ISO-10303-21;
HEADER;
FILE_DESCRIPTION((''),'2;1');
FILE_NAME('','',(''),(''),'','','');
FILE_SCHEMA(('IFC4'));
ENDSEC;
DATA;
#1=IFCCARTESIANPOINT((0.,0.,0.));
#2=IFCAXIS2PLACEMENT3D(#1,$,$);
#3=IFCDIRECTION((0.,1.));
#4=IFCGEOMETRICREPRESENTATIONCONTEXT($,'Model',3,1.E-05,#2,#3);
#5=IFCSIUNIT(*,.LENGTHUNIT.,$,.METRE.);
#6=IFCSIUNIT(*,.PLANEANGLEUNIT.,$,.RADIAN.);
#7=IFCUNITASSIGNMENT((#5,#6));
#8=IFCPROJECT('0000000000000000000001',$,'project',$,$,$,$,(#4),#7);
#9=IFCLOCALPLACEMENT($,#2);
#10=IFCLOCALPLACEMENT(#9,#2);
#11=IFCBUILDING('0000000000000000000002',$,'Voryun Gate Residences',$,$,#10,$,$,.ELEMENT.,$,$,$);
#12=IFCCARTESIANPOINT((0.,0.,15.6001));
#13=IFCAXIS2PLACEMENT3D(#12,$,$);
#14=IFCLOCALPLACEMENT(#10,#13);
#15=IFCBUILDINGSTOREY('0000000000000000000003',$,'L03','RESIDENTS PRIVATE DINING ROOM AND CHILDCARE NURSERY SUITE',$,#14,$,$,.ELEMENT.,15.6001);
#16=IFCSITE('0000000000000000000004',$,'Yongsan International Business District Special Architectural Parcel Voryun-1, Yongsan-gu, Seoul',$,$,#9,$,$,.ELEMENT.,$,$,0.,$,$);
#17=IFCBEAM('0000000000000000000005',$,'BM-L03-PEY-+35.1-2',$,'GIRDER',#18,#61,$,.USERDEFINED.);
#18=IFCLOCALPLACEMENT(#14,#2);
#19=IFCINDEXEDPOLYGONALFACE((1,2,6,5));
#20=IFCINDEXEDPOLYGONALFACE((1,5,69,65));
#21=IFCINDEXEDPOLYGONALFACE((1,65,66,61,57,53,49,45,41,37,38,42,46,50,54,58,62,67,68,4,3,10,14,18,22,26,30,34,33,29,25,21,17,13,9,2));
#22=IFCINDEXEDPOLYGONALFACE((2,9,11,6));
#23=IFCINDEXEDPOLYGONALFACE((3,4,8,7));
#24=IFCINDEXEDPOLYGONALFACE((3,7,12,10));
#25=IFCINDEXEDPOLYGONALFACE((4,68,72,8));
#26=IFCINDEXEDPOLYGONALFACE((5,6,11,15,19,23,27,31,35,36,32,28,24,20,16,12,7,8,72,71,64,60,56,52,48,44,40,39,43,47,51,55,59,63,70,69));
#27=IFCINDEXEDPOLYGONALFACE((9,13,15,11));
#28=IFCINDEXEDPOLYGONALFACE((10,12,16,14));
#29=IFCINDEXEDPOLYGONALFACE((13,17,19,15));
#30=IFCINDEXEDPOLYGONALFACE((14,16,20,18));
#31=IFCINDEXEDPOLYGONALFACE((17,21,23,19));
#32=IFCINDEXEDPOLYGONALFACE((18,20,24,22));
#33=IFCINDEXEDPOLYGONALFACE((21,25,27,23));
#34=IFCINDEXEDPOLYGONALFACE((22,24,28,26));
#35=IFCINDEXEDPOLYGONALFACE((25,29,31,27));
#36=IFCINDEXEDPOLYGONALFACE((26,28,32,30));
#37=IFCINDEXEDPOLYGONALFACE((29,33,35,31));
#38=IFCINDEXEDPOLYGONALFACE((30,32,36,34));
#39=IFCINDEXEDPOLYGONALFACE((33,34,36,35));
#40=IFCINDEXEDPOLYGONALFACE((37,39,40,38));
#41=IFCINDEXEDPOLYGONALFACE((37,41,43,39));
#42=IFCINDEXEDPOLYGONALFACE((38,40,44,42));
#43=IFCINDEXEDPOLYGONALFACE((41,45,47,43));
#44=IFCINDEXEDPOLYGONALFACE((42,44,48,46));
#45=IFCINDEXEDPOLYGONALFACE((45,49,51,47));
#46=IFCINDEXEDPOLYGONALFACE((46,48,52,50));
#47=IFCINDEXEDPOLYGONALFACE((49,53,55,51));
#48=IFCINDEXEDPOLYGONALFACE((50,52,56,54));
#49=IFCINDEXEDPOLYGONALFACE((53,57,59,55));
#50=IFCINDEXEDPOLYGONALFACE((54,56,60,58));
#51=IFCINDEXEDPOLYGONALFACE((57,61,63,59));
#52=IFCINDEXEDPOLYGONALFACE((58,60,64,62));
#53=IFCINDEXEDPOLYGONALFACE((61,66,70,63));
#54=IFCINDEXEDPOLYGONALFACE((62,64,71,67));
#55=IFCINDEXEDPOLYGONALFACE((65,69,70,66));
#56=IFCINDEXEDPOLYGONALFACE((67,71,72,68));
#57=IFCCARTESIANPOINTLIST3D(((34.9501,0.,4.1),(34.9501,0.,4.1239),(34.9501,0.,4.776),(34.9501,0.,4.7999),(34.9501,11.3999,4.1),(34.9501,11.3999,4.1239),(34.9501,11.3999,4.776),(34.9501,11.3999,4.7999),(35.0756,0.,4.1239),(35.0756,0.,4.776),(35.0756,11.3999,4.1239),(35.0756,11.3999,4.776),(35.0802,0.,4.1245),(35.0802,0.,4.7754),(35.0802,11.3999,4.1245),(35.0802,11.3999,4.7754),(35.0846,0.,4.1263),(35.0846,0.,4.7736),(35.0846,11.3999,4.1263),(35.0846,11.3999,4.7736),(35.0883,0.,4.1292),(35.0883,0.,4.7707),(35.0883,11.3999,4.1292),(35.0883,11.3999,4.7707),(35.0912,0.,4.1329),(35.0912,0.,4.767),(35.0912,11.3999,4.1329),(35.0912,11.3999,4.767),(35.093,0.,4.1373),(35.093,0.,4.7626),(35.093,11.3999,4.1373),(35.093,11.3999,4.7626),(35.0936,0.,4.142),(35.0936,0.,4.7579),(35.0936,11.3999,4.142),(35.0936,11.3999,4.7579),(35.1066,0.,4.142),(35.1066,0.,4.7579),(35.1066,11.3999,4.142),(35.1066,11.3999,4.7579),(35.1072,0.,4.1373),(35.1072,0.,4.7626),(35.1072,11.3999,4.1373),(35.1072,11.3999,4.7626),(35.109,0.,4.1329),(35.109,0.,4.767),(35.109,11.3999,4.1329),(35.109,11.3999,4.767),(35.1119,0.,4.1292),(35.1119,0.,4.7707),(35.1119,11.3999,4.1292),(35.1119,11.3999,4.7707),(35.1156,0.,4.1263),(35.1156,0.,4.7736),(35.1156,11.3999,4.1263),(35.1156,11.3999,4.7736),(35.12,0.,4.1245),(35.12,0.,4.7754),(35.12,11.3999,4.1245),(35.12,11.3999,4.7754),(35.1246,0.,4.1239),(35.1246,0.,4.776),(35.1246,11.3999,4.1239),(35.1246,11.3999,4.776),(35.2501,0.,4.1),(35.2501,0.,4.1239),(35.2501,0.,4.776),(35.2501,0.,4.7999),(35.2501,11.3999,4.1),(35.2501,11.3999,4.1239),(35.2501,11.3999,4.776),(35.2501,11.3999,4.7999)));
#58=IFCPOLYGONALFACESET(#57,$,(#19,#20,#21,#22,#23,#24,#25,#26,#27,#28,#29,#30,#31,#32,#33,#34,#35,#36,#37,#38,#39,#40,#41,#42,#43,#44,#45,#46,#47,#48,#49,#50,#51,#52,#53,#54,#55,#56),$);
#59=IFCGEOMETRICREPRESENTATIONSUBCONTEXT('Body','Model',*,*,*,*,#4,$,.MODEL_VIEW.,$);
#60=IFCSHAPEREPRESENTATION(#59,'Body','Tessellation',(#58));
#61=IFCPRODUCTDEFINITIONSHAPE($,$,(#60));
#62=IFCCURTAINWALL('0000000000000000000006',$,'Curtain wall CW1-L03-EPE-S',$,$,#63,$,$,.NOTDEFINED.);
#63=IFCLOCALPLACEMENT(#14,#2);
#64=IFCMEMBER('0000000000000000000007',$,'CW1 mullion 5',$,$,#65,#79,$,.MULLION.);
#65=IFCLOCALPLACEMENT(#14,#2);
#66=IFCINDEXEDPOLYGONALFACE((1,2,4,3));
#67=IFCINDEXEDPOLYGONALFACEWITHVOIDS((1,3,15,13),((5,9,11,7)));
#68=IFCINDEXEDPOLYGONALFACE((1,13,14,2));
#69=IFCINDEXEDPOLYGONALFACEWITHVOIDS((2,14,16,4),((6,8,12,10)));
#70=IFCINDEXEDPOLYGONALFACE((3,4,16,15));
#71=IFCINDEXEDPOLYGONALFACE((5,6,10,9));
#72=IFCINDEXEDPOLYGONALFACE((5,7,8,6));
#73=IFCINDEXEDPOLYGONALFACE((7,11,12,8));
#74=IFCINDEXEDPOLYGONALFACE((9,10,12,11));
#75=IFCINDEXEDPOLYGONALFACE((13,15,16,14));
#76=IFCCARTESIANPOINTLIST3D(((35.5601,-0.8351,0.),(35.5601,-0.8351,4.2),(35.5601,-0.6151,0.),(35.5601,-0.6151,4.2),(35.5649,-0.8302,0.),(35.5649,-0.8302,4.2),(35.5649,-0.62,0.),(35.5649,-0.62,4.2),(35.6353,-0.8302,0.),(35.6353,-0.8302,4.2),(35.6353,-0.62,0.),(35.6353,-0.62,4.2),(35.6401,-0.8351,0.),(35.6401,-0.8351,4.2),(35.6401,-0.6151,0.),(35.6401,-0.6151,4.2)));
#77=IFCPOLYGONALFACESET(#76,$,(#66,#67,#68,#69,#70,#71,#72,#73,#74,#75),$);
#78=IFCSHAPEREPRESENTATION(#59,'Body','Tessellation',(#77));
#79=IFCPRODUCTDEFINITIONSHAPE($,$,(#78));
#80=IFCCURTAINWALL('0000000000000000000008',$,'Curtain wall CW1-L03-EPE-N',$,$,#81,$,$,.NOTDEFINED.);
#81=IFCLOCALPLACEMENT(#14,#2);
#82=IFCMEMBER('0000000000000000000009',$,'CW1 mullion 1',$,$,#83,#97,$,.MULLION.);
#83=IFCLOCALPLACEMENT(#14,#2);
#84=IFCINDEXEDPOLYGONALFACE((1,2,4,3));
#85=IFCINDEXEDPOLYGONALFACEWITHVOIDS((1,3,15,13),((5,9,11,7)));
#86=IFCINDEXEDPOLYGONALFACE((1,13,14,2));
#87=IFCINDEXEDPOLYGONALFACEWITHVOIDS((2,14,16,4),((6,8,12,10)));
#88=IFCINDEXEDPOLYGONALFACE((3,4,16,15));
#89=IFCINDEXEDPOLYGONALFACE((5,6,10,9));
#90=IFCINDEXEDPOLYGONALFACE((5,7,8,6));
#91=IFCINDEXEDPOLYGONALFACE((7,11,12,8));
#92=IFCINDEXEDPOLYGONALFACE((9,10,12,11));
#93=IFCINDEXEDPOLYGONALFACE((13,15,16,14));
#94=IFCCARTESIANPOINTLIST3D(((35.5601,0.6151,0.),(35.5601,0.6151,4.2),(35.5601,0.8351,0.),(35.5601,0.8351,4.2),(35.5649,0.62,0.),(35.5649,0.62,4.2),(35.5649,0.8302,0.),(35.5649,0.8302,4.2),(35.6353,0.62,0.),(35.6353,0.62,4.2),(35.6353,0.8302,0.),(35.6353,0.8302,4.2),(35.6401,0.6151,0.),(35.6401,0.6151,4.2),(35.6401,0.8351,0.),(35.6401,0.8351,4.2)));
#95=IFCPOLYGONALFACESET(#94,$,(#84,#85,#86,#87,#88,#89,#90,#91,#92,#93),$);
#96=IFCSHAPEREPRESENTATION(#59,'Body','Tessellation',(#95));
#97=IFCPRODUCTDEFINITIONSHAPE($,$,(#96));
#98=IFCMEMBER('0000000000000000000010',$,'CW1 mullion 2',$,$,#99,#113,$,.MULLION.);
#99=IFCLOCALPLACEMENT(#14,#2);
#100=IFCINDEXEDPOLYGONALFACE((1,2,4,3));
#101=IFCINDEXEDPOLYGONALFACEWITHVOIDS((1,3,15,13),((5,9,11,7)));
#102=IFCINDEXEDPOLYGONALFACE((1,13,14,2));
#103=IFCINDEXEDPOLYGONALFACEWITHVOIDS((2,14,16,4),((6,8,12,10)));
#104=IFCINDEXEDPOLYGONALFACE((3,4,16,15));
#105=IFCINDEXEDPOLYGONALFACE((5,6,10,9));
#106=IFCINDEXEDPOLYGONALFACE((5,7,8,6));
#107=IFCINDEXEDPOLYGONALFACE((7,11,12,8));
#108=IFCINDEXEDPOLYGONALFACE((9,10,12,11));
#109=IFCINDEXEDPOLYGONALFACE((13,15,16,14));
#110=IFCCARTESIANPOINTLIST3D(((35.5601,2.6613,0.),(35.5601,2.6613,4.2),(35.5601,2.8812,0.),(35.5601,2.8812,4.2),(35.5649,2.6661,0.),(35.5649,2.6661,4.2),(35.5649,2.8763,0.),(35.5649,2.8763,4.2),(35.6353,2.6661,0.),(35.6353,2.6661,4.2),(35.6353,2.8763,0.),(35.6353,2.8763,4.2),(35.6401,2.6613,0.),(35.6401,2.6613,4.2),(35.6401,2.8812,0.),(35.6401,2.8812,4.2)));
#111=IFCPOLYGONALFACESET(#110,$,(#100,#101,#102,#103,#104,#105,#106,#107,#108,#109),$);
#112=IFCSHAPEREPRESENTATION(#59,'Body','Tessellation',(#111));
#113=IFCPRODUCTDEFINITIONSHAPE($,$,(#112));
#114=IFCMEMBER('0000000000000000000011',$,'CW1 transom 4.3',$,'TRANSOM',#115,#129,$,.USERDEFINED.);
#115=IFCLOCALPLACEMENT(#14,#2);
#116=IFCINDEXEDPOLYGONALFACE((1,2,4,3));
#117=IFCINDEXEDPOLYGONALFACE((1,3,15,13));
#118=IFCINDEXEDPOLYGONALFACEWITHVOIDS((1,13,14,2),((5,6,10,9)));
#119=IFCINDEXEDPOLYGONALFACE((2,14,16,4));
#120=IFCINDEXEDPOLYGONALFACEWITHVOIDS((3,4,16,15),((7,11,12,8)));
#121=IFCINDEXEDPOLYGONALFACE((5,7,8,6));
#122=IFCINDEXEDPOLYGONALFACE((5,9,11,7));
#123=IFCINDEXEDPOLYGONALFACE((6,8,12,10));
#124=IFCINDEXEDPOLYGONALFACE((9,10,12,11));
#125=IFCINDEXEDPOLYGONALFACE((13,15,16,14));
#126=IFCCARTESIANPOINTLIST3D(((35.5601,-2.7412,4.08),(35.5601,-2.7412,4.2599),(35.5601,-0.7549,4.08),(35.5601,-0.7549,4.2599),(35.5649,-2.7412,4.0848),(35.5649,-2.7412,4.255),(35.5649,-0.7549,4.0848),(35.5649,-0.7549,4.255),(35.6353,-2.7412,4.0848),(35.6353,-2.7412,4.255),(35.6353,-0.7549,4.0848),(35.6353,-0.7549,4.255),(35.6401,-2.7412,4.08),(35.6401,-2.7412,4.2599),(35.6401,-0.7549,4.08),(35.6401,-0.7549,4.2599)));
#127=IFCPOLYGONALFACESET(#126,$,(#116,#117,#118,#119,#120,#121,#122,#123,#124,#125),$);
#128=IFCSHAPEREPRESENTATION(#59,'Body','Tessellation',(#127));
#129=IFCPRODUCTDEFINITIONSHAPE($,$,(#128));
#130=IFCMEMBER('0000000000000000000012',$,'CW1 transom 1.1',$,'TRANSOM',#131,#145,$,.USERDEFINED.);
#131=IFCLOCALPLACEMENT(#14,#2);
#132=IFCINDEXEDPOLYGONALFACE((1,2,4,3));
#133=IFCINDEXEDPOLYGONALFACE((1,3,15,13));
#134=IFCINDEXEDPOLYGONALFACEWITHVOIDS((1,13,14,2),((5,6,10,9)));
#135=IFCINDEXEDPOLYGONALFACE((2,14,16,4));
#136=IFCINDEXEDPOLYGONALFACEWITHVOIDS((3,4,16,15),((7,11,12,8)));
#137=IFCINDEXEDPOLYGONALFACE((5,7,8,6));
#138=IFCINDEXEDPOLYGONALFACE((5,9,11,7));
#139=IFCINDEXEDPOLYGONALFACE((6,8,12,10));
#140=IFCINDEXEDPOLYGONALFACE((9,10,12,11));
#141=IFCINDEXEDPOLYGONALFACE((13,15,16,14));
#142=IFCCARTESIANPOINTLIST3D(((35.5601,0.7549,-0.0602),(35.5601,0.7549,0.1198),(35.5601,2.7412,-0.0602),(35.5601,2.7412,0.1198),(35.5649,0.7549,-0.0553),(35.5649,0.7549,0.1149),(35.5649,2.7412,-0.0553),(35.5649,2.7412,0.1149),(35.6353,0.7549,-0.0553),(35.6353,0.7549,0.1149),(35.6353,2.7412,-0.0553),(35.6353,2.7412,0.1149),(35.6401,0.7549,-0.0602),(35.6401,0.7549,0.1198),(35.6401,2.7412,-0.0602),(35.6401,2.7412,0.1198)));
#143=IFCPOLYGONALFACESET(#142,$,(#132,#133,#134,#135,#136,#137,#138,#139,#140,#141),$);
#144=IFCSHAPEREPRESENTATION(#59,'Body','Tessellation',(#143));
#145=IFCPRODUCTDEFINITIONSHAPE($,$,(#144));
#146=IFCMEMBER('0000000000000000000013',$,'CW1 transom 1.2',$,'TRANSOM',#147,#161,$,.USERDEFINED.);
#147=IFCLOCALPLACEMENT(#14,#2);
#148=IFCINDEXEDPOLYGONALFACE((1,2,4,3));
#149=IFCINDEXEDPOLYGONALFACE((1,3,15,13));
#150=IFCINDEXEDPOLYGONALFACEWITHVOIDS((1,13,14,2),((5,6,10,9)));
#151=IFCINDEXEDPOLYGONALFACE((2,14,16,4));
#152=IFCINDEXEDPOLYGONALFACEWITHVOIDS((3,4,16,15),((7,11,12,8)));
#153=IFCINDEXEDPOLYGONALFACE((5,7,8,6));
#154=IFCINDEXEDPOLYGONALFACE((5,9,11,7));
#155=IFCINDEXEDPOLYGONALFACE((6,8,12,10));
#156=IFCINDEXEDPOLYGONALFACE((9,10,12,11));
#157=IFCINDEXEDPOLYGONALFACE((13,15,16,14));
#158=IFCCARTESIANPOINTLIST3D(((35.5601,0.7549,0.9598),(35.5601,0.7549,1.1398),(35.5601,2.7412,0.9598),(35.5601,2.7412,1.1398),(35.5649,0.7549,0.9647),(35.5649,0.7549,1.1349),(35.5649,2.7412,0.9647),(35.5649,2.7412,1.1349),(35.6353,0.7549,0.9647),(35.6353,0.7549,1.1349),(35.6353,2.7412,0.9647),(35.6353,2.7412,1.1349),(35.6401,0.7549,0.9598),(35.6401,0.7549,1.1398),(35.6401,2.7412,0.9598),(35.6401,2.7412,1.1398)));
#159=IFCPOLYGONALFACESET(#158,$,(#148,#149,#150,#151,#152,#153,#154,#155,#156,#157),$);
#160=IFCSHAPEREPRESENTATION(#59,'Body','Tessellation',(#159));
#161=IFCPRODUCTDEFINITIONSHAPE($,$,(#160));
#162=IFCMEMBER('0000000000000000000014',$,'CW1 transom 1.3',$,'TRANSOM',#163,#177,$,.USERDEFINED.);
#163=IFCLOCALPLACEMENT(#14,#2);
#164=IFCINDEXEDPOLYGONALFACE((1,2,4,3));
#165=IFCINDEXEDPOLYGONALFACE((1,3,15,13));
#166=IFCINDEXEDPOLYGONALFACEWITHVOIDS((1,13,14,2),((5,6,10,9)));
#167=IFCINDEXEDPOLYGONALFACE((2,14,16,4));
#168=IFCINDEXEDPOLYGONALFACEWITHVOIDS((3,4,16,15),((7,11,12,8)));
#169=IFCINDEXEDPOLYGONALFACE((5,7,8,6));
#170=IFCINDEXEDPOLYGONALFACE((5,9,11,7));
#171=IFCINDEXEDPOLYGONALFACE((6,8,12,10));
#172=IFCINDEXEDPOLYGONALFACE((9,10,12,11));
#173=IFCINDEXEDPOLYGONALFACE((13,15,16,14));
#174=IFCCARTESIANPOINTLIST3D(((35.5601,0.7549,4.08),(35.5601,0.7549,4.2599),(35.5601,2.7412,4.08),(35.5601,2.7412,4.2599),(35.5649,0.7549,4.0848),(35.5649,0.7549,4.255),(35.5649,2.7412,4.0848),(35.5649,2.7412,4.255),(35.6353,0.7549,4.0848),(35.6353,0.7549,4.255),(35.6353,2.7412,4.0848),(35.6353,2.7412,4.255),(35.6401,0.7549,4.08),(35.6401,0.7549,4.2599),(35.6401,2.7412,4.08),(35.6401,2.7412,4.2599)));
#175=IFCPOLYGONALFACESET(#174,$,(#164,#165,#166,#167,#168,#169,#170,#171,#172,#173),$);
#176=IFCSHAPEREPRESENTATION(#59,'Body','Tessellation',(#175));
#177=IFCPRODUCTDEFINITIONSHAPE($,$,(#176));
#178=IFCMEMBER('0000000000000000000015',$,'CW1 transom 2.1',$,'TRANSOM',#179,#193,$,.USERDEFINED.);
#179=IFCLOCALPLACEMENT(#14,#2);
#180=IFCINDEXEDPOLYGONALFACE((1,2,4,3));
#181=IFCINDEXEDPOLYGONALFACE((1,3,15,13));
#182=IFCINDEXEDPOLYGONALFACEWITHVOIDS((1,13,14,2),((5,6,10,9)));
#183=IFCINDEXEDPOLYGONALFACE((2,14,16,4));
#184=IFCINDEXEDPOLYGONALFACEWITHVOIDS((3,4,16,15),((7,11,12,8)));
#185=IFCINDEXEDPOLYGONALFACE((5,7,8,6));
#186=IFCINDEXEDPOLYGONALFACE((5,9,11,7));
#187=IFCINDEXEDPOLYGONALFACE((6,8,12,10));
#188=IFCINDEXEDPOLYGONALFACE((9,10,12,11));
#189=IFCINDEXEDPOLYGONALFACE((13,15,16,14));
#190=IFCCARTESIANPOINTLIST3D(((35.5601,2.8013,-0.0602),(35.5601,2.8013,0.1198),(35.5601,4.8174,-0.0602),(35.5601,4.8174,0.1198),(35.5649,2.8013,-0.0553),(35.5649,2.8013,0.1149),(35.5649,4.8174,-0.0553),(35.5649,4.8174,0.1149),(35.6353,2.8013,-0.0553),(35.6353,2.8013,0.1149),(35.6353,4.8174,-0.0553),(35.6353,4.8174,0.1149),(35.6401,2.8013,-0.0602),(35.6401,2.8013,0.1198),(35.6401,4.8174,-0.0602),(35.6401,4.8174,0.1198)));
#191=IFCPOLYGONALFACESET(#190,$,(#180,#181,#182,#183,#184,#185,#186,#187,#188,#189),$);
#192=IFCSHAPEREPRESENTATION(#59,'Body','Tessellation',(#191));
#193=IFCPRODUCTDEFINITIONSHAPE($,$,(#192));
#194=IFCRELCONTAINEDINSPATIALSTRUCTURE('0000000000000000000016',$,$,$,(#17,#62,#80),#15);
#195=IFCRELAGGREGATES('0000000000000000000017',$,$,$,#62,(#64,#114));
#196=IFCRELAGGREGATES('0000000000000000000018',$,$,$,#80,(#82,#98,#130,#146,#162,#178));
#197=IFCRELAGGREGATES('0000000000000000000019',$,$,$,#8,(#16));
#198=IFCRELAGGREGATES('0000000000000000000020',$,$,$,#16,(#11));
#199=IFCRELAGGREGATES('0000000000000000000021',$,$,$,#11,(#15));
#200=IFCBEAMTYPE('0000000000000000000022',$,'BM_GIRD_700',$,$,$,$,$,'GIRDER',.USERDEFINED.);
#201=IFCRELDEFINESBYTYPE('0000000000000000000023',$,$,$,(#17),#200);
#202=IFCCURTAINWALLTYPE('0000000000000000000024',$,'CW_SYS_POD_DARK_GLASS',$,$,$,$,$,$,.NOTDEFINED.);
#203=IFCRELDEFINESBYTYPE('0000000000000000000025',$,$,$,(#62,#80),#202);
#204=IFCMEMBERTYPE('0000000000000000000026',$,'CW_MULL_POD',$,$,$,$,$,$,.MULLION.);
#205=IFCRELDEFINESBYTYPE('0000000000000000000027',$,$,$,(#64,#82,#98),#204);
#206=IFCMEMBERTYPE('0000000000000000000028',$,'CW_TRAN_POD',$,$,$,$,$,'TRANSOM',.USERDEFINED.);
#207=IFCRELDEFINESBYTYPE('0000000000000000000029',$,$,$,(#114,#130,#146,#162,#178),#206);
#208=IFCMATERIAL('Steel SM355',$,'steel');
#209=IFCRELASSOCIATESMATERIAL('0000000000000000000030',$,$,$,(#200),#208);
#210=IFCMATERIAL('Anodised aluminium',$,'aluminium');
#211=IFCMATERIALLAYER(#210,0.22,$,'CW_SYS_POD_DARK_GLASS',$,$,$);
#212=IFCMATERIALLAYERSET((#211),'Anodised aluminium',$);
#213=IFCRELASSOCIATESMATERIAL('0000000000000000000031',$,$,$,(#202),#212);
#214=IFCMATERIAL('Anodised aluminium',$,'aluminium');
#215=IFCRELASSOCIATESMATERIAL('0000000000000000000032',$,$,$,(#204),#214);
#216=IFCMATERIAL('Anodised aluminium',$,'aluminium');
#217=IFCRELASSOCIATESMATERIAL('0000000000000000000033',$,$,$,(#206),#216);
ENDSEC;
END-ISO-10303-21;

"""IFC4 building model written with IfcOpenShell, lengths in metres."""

from ifc_helpers import new_model, si_unit, direction, frame, origin, origin_2d, place, context, subcontext, project, spatial, hollow_rectangle, i_section, extrude, material, layer, layer_set, material_profile, profile_set, type_object, element, aggregate, save


model = new_model("IFC4")

# Units and contexts
model_context = context("Model", 3, precision=1e-05, world=origin(), true_north=direction((0.0, 1.0)))
body_context = subcontext(model_context, "Body", "Model", "MODEL_VIEW")
ifc_project = project(units=[si_unit("LENGTHUNIT", "METRE"), si_unit("PLANEANGLEUNIT", "RADIAN")], contexts=[model_context])

# Site, building, storey
site_placement = place(None, origin())
site = spatial("IfcSite", under=ifc_project, at=site_placement, Name="Yongsan International Business District Special Architectural Parcel Voryun-1, Yongsan-gu, Seoul", CompositionType="ELEMENT", RefElevation=0.0)
building_placement = place(site_placement, origin())
building = spatial("IfcBuilding", under=site, at=building_placement, Name="Voryun Gate Residences", CompositionType="ELEMENT")
storey_placement = place(building_placement, frame((0.0, 0.0, 15.6001)))
storey = spatial("IfcBuildingStorey", under=building, at=storey_placement, Name="L03", Description="RESIDENTS PRIVATE DINING ROOM AND CHILDCARE NURSERY SUITE", CompositionType="ELEMENT", Elevation=15.6001)

# Beam
ifc_material_1 = material(Name="Steel SM355", Category="steel")
ifc_material_profile_1 = material_profile(ifc_material_1, i_section(OverallWidth=0.3, OverallDepth=0.7, WebThickness=0.0129, FlangeThickness=0.0239, FilletRadius=0.0181, at=origin_2d()), Name="H-700x300x13x24")
ifc_profile_set_1 = profile_set([ifc_material_profile_1], Name="Steel SM355")
beam_type = type_object("IfcBeamType", Name="BM_GIRD_700", ElementType="GIRDER", PredefinedType="USERDEFINED", material=ifc_profile_set_1)
for number, where, z_axis, x_axis, name in (
    (1, (35.1001, 0.0, 4.45), (0.0, 1.0, 0.0), (-1.0, 0.0, 0.0), "BM-L03-PEY-+35.1-2"),
):
    element("IfcBeam", number, at=place(storey_placement, frame(where, z_axis=z_axis, x_axis=x_axis)), inside=storey, type_object=beam_type, Name=name, ObjectType="GIRDER", PredefinedType="USERDEFINED", context=body_context, shape_type="SweptSolid", body=[
        extrude(i_section(OverallWidth=0.3, OverallDepth=0.7, WebThickness=0.0129, FlangeThickness=0.0239, FilletRadius=0.0181, at=origin_2d()), origin(), (0.0, 0.0, 1.0), 11.3999),
    ])

# Curtain wall, member
ifc_material_2 = material(Name="Anodised aluminium", Category="aluminium")
ifc_layer_1 = layer(ifc_material_2, 0.22, Name="CW_SYS_POD_DARK_GLASS")
ifc_layer_set_1 = layer_set([ifc_layer_1], Name="Anodised aluminium")
curtain_wall_type = type_object("IfcCurtainWallType", Name="CW_SYS_POD_DARK_GLASS", PredefinedType="NOTDEFINED", material=ifc_layer_set_1)
curtain_wall_1_placement = place(storey_placement, origin())
curtain_wall_1 = element("IfcCurtainWall", 2, at=curtain_wall_1_placement, inside=storey, type_object=curtain_wall_type, Name="Curtain wall CW1-L03-EPE-S", PredefinedType="NOTDEFINED")
ifc_material_3 = material(Name="Anodised aluminium", Category="aluminium")
ifc_material_profile_2 = material_profile(ifc_material_3, hollow_rectangle(XDim=0.0801, YDim=0.22, WallThickness=0.0049, at=origin_2d()), Name="ALU-MULL-220x80x5")
ifc_profile_set_2 = profile_set([ifc_material_profile_2], Name="Anodised aluminium")
member_type_1 = type_object("IfcMemberType", Name="CW_MULL_POD", PredefinedType="MULLION", material=ifc_profile_set_2)
member_1_placement = place(storey_placement, frame((35.6001, -0.7251, 0.0), z_axis=(0.0, 0.0, 1.0), x_axis=(-1.0, 0.0, 0.0)))
member_1 = element("IfcMember", 3, at=member_1_placement, type_object=member_type_1, Name="CW1 mullion 5", PredefinedType="MULLION", context=body_context, shape_type="SweptSolid", body=[
    extrude(hollow_rectangle(XDim=0.0801, YDim=0.22, WallThickness=0.0049, at=origin_2d()), origin(), (0.0, 0.0, 1.0), 4.2),
])

# Curtain wall, members
curtain_wall_2_placement = place(storey_placement, origin())
curtain_wall_2 = element("IfcCurtainWall", 4, at=curtain_wall_2_placement, inside=storey, type_object=curtain_wall_type, Name="Curtain wall CW1-L03-EPE-N", PredefinedType="NOTDEFINED")
member_2_placement = place(storey_placement, frame((35.6001, 0.7251, 0.0), z_axis=(0.0, 0.0, 1.0), x_axis=(-1.0, 0.0, 0.0)))
member_2 = element("IfcMember", 5, at=member_2_placement, type_object=member_type_1, Name="CW1 mullion 1", PredefinedType="MULLION", context=body_context, shape_type="SweptSolid", body=[
    extrude(hollow_rectangle(XDim=0.0801, YDim=0.22, WallThickness=0.0049, at=origin_2d()), origin(), (0.0, 0.0, 1.0), 4.2),
])
member_3_placement = place(storey_placement, frame((35.6001, 2.7712, 0.0), z_axis=(0.0, 0.0, 1.0), x_axis=(-1.0, 0.0, 0.0)))
member_3 = element("IfcMember", 6, at=member_3_placement, type_object=member_type_1, Name="CW1 mullion 2", PredefinedType="MULLION", context=body_context, shape_type="SweptSolid", body=[
    extrude(hollow_rectangle(XDim=0.0801, YDim=0.22, WallThickness=0.0049, at=origin_2d()), origin(), (0.0, 0.0, 1.0), 4.2),
])

# Members
ifc_material_4 = material(Name="Anodised aluminium", Category="aluminium")
ifc_material_profile_3 = material_profile(ifc_material_4, hollow_rectangle(XDim=0.0801, YDim=0.1799, WallThickness=0.0049, at=origin_2d()), Name="ALU-TRAN-180x80x5")
ifc_profile_set_3 = profile_set([ifc_material_profile_3], Name="Anodised aluminium")
member_type_2 = type_object("IfcMemberType", Name="CW_TRAN_POD", ElementType="TRANSOM", PredefinedType="USERDEFINED", material=ifc_profile_set_3)
member_4_placement = place(storey_placement, frame((35.6001, -2.7412, 4.1699), z_axis=(0.0, 1.0, 0.0), x_axis=(-1.0, 0.0, 0.0)))
member_4 = element("IfcMember", 7, at=member_4_placement, type_object=member_type_2, Name="CW1 transom 4.3", ObjectType="TRANSOM", PredefinedType="USERDEFINED", context=body_context, shape_type="SweptSolid", body=[
    extrude(hollow_rectangle(XDim=0.0801, YDim=0.1799, WallThickness=0.0049, at=origin_2d()), origin(), (0.0, 0.0, 1.0), 1.9863),
])
member_5_placement = place(storey_placement, frame((35.6001, 0.7549, 0.0298), z_axis=(0.0, 1.0, 0.0), x_axis=(-1.0, 0.0, 0.0)))
member_5 = element("IfcMember", 8, at=member_5_placement, type_object=member_type_2, Name="CW1 transom 1.1", ObjectType="TRANSOM", PredefinedType="USERDEFINED", context=body_context, shape_type="SweptSolid", body=[
    extrude(hollow_rectangle(XDim=0.0801, YDim=0.1799, WallThickness=0.0049, at=origin_2d()), origin(), (0.0, 0.0, 1.0), 1.9863),
])
member_6_placement = place(storey_placement, frame((35.6001, 0.7549, 1.0498), z_axis=(0.0, 1.0, 0.0), x_axis=(-1.0, 0.0, 0.0)))
member_6 = element("IfcMember", 9, at=member_6_placement, type_object=member_type_2, Name="CW1 transom 1.2", ObjectType="TRANSOM", PredefinedType="USERDEFINED", context=body_context, shape_type="SweptSolid", body=[
    extrude(hollow_rectangle(XDim=0.0801, YDim=0.1799, WallThickness=0.0049, at=origin_2d()), origin(), (0.0, 0.0, 1.0), 1.9863),
])
member_7_placement = place(storey_placement, frame((35.6001, 0.7549, 4.1699), z_axis=(0.0, 1.0, 0.0), x_axis=(-1.0, 0.0, 0.0)))
member_7 = element("IfcMember", 10, at=member_7_placement, type_object=member_type_2, Name="CW1 transom 1.3", ObjectType="TRANSOM", PredefinedType="USERDEFINED", context=body_context, shape_type="SweptSolid", body=[
    extrude(hollow_rectangle(XDim=0.0801, YDim=0.1799, WallThickness=0.0049, at=origin_2d()), origin(), (0.0, 0.0, 1.0), 1.9863),
])
member_8_placement = place(storey_placement, frame((35.6001, 2.8013, 0.0298), z_axis=(0.0, 1.0, 0.0), x_axis=(-1.0, 0.0, 0.0)))
member_8 = element("IfcMember", 11, at=member_8_placement, type_object=member_type_2, Name="CW1 transom 2.1", ObjectType="TRANSOM", PredefinedType="USERDEFINED", context=body_context, shape_type="SweptSolid", body=[
    extrude(hollow_rectangle(XDim=0.0801, YDim=0.1799, WallThickness=0.0049, at=origin_2d()), origin(), (0.0, 0.0, 1.0), 2.0161),
])

aggregate(curtain_wall_1, [member_1, member_4])
aggregate(curtain_wall_2, [member_2, member_3, member_5, member_6, member_7, member_8])

save(model, "model.ifc")
